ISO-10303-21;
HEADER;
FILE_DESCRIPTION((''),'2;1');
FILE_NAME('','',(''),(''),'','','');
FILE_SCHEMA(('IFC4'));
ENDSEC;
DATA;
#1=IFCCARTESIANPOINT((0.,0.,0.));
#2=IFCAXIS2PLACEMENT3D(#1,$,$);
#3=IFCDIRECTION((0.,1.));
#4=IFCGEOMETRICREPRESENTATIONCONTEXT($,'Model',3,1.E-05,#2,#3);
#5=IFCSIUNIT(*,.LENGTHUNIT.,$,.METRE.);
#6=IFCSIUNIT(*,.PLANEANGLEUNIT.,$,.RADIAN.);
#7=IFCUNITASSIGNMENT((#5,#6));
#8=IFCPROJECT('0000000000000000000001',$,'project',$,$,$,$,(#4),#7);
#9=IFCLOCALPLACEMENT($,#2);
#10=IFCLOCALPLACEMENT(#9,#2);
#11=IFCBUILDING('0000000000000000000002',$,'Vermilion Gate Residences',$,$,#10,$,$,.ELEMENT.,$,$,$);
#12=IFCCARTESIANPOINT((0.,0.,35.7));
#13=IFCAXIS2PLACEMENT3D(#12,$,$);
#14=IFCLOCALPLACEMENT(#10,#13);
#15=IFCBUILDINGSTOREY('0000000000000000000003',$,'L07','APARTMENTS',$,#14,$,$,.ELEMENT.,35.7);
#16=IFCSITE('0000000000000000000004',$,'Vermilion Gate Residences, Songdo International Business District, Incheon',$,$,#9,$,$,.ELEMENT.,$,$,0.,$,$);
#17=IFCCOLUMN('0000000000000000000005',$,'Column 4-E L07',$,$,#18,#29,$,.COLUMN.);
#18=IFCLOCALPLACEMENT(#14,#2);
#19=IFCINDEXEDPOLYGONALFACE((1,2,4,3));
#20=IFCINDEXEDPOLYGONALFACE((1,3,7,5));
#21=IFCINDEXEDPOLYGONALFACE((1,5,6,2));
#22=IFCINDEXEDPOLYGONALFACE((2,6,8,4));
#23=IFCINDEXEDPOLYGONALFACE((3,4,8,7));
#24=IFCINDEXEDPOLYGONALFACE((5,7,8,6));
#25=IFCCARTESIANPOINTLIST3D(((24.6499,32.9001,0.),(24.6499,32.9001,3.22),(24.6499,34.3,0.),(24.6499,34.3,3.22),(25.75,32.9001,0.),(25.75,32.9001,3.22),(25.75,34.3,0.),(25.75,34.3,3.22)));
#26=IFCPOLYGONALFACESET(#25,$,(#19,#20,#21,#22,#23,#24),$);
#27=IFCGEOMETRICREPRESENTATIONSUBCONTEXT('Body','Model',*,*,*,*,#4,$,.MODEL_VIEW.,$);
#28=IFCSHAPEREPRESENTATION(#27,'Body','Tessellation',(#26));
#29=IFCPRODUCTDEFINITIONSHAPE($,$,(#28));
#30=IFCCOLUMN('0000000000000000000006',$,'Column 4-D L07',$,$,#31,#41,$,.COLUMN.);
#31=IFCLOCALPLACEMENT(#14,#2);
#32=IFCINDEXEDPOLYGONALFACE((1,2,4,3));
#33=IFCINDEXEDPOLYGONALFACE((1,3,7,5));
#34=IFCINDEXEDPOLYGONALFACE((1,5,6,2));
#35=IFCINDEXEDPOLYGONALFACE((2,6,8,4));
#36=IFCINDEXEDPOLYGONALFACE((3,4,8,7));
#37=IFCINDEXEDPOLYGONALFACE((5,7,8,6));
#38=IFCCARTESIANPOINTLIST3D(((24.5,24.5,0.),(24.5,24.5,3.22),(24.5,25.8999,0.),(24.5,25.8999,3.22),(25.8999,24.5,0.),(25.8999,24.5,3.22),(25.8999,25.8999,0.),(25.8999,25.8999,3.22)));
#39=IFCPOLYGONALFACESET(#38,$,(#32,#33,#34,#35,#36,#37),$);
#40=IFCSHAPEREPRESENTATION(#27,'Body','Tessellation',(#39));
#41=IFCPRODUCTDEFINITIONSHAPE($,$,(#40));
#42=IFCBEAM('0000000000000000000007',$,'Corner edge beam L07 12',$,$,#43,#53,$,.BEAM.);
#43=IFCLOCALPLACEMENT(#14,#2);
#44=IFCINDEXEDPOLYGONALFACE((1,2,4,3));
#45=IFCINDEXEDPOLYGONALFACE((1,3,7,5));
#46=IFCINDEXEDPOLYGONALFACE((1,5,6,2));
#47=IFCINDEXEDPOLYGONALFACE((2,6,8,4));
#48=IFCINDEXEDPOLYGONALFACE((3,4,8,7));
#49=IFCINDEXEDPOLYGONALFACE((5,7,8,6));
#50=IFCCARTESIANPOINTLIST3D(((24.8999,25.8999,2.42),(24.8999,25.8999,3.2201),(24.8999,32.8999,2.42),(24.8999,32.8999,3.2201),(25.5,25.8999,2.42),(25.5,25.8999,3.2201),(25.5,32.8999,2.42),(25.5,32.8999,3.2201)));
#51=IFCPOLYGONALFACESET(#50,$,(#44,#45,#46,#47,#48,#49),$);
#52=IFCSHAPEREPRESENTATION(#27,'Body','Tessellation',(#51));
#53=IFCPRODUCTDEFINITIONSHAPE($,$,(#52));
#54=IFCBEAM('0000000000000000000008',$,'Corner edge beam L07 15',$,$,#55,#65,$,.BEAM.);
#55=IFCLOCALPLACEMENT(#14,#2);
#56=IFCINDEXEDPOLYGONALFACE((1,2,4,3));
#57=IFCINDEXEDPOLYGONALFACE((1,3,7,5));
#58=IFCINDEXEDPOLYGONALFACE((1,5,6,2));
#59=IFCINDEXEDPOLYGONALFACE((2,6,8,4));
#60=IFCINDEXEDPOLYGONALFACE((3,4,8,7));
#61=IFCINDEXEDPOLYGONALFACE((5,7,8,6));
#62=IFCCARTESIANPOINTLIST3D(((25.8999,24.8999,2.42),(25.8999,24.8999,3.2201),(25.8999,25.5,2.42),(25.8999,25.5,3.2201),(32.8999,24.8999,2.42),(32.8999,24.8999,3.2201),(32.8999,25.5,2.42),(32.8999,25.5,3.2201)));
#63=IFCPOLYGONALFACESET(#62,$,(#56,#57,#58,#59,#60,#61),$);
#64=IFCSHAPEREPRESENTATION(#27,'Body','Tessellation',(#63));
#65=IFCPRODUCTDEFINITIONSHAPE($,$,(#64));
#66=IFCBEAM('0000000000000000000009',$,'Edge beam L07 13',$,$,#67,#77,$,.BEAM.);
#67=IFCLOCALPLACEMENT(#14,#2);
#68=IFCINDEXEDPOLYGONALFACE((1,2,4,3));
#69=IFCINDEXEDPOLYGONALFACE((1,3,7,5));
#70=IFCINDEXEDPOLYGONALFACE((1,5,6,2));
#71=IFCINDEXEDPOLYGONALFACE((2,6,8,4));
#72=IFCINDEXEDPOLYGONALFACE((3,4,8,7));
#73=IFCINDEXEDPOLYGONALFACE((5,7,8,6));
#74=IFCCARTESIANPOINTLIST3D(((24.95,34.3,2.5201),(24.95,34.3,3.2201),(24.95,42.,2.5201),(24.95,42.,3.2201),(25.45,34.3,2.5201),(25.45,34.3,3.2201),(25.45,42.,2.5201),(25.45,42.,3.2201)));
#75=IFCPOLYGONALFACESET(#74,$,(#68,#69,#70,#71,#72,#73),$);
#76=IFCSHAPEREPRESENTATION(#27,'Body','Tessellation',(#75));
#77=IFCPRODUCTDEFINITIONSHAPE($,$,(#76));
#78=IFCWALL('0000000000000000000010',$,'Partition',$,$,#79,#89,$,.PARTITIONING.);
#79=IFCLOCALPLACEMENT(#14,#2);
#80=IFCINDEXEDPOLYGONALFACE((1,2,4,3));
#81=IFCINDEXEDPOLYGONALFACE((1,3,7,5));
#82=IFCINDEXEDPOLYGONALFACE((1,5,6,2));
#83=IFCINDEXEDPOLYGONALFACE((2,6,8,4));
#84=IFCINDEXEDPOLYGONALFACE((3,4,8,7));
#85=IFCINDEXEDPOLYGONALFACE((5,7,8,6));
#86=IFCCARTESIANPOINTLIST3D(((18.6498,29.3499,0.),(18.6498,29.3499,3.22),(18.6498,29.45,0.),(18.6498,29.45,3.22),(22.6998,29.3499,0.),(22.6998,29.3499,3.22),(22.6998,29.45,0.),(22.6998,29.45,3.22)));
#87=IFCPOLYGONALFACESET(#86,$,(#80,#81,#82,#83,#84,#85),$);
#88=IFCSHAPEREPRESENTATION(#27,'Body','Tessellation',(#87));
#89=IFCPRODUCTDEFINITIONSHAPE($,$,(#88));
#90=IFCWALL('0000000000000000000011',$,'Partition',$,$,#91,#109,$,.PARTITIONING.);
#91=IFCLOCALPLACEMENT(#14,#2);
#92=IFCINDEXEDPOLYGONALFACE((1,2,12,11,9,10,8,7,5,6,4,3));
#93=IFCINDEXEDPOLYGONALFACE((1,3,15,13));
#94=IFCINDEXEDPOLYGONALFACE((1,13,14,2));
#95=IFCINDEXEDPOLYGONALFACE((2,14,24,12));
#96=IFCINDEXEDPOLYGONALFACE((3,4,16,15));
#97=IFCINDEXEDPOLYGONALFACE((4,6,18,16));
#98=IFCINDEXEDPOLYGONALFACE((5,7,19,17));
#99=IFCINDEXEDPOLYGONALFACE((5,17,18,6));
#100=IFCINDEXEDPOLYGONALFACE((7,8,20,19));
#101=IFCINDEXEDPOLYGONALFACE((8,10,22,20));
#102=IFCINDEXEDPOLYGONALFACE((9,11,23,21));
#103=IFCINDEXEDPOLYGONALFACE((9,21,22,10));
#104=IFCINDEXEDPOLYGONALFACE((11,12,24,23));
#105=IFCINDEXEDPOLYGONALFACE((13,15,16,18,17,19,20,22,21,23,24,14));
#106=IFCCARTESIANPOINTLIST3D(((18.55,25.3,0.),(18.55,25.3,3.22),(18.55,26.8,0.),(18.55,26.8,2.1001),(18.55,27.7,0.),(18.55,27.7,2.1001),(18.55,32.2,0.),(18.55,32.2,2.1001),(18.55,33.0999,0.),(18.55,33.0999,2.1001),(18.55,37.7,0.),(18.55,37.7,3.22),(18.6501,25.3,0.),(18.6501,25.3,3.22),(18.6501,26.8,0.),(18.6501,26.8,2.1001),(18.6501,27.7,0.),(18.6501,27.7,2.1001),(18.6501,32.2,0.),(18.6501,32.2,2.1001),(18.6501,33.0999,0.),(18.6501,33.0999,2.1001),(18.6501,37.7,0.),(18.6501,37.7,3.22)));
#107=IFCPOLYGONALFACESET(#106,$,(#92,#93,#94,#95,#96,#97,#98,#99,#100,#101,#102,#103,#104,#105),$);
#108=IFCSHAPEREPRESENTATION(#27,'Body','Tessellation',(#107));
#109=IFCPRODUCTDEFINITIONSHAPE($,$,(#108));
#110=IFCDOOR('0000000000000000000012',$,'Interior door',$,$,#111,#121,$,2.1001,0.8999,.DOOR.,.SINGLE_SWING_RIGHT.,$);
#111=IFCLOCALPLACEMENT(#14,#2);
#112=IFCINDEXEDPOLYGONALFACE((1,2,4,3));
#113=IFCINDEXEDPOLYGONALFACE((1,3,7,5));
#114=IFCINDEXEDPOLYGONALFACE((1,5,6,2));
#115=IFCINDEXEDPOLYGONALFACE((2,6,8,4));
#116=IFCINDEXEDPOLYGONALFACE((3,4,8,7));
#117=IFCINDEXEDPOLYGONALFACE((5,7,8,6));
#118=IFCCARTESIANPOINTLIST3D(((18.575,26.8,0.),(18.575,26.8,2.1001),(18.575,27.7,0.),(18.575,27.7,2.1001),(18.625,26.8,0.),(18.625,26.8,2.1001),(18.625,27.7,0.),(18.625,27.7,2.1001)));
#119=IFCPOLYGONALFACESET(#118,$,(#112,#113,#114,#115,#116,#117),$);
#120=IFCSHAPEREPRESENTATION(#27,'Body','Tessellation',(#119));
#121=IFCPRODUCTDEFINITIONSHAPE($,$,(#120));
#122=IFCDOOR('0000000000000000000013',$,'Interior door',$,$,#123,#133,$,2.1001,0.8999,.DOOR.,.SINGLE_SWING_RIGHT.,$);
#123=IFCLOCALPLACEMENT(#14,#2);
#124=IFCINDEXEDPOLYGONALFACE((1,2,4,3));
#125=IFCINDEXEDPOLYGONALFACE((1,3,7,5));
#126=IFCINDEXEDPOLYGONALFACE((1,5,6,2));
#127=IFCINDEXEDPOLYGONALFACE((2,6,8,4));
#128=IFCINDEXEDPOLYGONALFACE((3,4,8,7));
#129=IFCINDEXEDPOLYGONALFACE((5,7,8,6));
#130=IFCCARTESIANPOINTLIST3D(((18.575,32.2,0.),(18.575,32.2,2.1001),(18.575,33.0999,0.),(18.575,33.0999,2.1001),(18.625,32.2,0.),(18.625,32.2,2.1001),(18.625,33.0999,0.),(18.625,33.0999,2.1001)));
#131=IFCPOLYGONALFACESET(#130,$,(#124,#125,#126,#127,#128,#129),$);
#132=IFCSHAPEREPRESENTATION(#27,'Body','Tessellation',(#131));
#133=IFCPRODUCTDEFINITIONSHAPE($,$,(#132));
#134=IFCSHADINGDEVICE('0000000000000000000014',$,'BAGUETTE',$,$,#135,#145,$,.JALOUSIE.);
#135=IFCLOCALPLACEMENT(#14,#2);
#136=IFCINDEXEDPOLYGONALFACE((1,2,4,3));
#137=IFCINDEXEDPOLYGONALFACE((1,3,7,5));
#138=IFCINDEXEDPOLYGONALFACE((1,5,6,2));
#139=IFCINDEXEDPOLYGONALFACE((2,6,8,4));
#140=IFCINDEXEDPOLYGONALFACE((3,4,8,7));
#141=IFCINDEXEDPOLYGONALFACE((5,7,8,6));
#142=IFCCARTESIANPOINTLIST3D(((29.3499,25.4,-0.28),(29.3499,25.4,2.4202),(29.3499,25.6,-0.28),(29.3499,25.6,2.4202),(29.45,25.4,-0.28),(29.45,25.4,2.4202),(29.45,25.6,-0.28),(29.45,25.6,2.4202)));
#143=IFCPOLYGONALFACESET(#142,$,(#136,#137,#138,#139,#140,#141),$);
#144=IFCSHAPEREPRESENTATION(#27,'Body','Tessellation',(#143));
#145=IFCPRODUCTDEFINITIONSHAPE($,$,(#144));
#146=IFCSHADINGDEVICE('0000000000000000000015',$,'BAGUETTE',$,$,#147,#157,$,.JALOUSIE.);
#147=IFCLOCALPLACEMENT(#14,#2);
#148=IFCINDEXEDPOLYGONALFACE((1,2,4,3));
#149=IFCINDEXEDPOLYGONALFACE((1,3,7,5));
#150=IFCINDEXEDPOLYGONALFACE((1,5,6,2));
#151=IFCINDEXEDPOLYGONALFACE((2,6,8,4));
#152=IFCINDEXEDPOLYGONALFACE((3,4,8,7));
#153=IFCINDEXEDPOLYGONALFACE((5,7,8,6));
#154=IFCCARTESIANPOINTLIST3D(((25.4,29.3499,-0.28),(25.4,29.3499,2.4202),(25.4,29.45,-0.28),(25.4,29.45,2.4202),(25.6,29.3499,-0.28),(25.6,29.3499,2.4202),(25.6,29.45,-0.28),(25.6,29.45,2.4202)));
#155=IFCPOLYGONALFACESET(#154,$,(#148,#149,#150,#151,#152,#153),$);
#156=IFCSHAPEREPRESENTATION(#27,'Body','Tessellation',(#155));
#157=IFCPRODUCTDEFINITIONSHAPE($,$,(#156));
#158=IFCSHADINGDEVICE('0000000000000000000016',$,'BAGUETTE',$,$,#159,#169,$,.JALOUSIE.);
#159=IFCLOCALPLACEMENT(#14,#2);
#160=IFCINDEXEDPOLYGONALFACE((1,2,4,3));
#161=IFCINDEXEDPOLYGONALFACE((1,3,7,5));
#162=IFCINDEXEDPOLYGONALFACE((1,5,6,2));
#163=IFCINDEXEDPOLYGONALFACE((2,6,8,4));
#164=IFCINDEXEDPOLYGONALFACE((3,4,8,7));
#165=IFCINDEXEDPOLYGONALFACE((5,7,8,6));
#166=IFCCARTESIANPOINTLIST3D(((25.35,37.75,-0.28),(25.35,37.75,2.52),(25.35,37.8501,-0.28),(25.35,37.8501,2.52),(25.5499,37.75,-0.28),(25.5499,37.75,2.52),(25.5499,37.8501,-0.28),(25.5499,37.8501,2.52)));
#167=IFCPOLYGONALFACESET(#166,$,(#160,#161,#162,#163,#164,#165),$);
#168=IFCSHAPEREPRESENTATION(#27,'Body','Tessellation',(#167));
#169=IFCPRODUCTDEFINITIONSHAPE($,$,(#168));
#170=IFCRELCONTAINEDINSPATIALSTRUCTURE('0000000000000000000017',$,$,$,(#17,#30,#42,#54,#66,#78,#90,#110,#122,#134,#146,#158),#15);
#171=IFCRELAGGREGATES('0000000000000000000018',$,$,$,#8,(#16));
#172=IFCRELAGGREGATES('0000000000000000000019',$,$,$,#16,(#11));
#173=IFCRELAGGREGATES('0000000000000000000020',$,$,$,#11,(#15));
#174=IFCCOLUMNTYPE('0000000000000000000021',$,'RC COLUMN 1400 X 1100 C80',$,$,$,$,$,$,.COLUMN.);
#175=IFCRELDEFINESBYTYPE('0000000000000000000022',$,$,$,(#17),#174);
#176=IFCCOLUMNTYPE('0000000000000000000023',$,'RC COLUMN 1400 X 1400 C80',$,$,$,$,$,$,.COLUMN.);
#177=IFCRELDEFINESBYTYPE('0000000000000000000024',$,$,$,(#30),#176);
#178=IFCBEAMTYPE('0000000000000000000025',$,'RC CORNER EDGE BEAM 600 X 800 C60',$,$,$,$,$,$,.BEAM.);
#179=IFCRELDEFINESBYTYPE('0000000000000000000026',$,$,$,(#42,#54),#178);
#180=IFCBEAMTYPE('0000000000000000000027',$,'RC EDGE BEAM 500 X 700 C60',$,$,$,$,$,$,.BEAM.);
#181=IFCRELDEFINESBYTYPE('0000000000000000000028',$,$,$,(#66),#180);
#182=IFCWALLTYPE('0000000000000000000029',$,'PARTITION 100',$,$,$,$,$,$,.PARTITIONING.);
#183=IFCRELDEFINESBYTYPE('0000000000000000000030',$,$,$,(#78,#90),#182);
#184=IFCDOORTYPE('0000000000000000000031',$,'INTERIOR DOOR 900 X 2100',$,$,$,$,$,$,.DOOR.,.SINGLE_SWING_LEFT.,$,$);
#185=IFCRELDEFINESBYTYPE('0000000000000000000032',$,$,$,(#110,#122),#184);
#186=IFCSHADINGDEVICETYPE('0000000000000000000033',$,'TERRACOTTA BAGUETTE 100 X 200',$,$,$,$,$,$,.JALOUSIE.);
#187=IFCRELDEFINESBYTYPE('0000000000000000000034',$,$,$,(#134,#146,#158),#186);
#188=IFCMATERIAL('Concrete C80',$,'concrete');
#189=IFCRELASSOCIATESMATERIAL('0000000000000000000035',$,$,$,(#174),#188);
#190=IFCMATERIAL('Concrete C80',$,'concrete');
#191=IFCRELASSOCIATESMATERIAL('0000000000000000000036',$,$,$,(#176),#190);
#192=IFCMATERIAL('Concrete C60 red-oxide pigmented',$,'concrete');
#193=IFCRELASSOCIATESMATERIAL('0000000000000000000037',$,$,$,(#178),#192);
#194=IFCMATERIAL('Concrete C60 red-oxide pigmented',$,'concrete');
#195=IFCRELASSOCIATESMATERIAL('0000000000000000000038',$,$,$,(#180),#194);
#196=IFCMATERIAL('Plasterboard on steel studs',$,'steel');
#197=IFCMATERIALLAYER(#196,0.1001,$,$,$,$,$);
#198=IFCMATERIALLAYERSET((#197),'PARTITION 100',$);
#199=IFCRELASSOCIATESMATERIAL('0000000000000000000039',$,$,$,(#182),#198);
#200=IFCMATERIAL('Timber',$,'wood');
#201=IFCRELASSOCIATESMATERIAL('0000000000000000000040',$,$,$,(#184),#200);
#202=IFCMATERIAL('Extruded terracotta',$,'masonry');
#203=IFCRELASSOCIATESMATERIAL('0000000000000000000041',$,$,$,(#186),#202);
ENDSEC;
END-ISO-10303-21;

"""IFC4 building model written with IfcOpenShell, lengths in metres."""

from ifc_helpers import new_model, si_unit, direction, frame, frame_2d, origin, origin_2d, place, context, subcontext, project, spatial, rectangle, extrude, material, layer, layer_set, material_profile, profile_set, type_object, element, fill, save


model = new_model("IFC4")

# Units and contexts
model_context = context("Model", 3, precision=1e-05, world=origin(), true_north=direction((0.0, 1.0)))
body_context = subcontext(model_context, "Body", "Model", "MODEL_VIEW")
ifc_project = project(units=[si_unit("LENGTHUNIT", "METRE"), si_unit("PLANEANGLEUNIT", "RADIAN")], contexts=[model_context])

# Site, building, storey
site_placement = place(None, origin())
site = spatial("IfcSite", under=ifc_project, at=site_placement, Name="Vermilion Gate Residences, Songdo International Business District, Incheon", CompositionType="ELEMENT", RefElevation=0.0)
building_placement = place(site_placement, origin())
building = spatial("IfcBuilding", under=site, at=building_placement, Name="Vermilion Gate Residences", CompositionType="ELEMENT")
storey_placement = place(building_placement, frame((0.0, 0.0, 35.7)))
storey = spatial("IfcBuildingStorey", under=building, at=storey_placement, Name="L07", Description="APARTMENTS", CompositionType="ELEMENT", Elevation=35.7)

# Columns
ifc_material_1 = material(Name="Concrete C80", Category="concrete")
ifc_material_profile_1 = material_profile(ifc_material_1, rectangle(XDim=1.3999, YDim=1.1001, at=origin_2d()), Name="RC-1400x1100")
ifc_profile_set_1 = profile_set([ifc_material_profile_1], Name="Concrete C80")
column_type_1 = type_object("IfcColumnType", Name="RC COLUMN 1400 X 1100 C80", PredefinedType="COLUMN", material=ifc_profile_set_1)
column_1_placement = place(storey_placement, frame((25.2, 33.6001, 0.0), z_axis=(0.0, 0.0, 1.0), x_axis=(0.0, 1.0, 0.0)))
element("IfcColumn", 1, at=column_1_placement, inside=storey, type_object=column_type_1, Name="Column 4-E L07", PredefinedType="COLUMN", context=body_context, shape_type="SweptSolid", body=[
    extrude(rectangle(XDim=1.3999, YDim=1.1001, at=origin_2d()), origin(), (0.0, 0.0, 1.0), 3.22),
])
ifc_material_2 = material(Name="Concrete C80", Category="concrete")
ifc_material_profile_2 = material_profile(ifc_material_2, rectangle(XDim=1.3999, YDim=1.3999, at=origin_2d()), Name="RC-1400x1400")
ifc_profile_set_2 = profile_set([ifc_material_profile_2], Name="Concrete C80")
column_type_2 = type_object("IfcColumnType", Name="RC COLUMN 1400 X 1400 C80", PredefinedType="COLUMN", material=ifc_profile_set_2)
column_2_placement = place(storey_placement, frame((25.2, 25.2, 0.0), z_axis=(0.0, 0.0, 1.0), x_axis=(1.0, 0.0, 0.0)))
element("IfcColumn", 2, at=column_2_placement, inside=storey, type_object=column_type_2, Name="Column 4-D L07", PredefinedType="COLUMN", context=body_context, shape_type="SweptSolid", body=[
    extrude(rectangle(XDim=1.3999, YDim=1.3999, at=origin_2d()), origin(), (0.0, 0.0, 1.0), 3.22),
])

# Beams
ifc_material_3 = material(Name="Concrete C60 red-oxide pigmented", Category="concrete")
ifc_material_profile_3 = material_profile(ifc_material_3, rectangle(XDim=0.6001, YDim=0.8, at=origin_2d()), Name="RC-600x800")
ifc_profile_set_3 = profile_set([ifc_material_profile_3], Name="Concrete C60 red-oxide pigmented")
beam_type_1 = type_object("IfcBeamType", Name="RC CORNER EDGE BEAM 600 X 800 C60", PredefinedType="BEAM", material=ifc_profile_set_3)
for number, where, z_axis, x_axis, name in (
    (3, (25.2, 25.8999, 2.8201), (0.0, 1.0, 0.0), (-1.0, 0.0, 0.0), "Corner edge beam L07 12"),
    (4, (25.8999, 25.2, 2.8201), (1.0, 0.0, 0.0), (0.0, 1.0, 0.0), "Corner edge beam L07 15"),
):
    element("IfcBeam", number, at=place(storey_placement, frame(where, z_axis=z_axis, x_axis=x_axis)), inside=storey, type_object=beam_type_1, Name=name, PredefinedType="BEAM", context=body_context, shape_type="SweptSolid", body=[
        extrude(rectangle(XDim=0.6001, YDim=0.8, at=origin_2d()), origin(), (0.0, 0.0, 1.0), 7.0),
    ])
ifc_material_4 = material(Name="Concrete C60 red-oxide pigmented", Category="concrete")
ifc_material_profile_4 = material_profile(ifc_material_4, rectangle(XDim=0.5, YDim=0.7, at=origin_2d()), Name="RC-500x700")
ifc_profile_set_4 = profile_set([ifc_material_profile_4], Name="Concrete C60 red-oxide pigmented")
beam_type_2 = type_object("IfcBeamType", Name="RC EDGE BEAM 500 X 700 C60", PredefinedType="BEAM", material=ifc_profile_set_4)
beam_placement = place(storey_placement, frame((25.2, 34.3, 2.8701), z_axis=(0.0, 1.0, 0.0), x_axis=(-1.0, 0.0, 0.0)))
element("IfcBeam", 5, at=beam_placement, inside=storey, type_object=beam_type_2, Name="Edge beam L07 13", PredefinedType="BEAM", context=body_context, shape_type="SweptSolid", body=[
    extrude(rectangle(XDim=0.5, YDim=0.7, at=origin_2d()), origin(), (0.0, 0.0, 1.0), 7.7),
])

# Wall
ifc_material_5 = material(Name="Plasterboard on steel studs", Category="steel")
ifc_layer = layer(ifc_material_5, 0.1001)
ifc_layer_set = layer_set([ifc_layer], Name="PARTITION 100")
wall_type = type_object("IfcWallType", Name="PARTITION 100", PredefinedType="PARTITIONING", material=ifc_layer_set)
wall_1_placement = place(storey_placement, frame((18.6499, 29.3999, 0.0), z_axis=(0.0, 0.0, 1.0), x_axis=(1.0, 0.0, 0.0)))
element("IfcWall", 6, at=wall_1_placement, inside=storey, type_object=wall_type, Name="Partition", PredefinedType="PARTITIONING", context=body_context, shape_type="SweptSolid", body=[
    extrude(rectangle(XDim=4.05, YDim=0.1001, at=frame_2d((2.0249, 0.0))), origin(), (0.0, 0.0, 1.0), 3.22),
])

# Wall, openings, doors
wall_2_placement = place(storey_placement, frame((18.6001, 25.3, 0.0), z_axis=(0.0, 0.0, 1.0), x_axis=(0.0, 1.0, 0.0)))
wall_2 = element("IfcWall", 7, at=wall_2_placement, inside=storey, type_object=wall_type, Name="Partition", PredefinedType="PARTITIONING", context=body_context, shape_type="SweptSolid", body=[
    extrude(rectangle(XDim=12.3999, YDim=0.1001, at=frame_2d((6.2, 0.0))), origin(), (0.0, 0.0, 1.0), 3.22),
])
opening_1_placement = place(wall_2_placement, frame((1.5, 0.0, 0.0)))
opening_1 = element("IfcOpeningElement", 8, at=opening_1_placement, cuts=wall_2, PredefinedType="OPENING", context=body_context, shape_type="SweptSolid", body=[
    extrude(rectangle(XDim=0.8999, YDim=2.1001, at=frame_2d((0.45, 1.05))), frame((0.0, 0.0601, 0.0), z_axis=(0.0, -1.0, 0.0), x_axis=(1.0, 0.0, 0.0)), (0.0, 0.0, 1.0), 0.1201),
])
opening_2_placement = place(wall_2_placement, frame((6.8999, 0.0, 0.0)))
opening_2 = element("IfcOpeningElement", 9, at=opening_2_placement, cuts=wall_2, PredefinedType="OPENING", context=body_context, shape_type="SweptSolid", body=[
    extrude(rectangle(XDim=0.8999, YDim=2.1001, at=frame_2d((0.45, 1.05))), frame((0.0, 0.0601, 0.0), z_axis=(0.0, -1.0, 0.0), x_axis=(1.0, 0.0, 0.0)), (0.0, 0.0, 1.0), 0.1201),
])
ifc_material_6 = material(Name="Timber", Category="wood")
door_type = type_object("IfcDoorType", Name="INTERIOR DOOR 900 X 2100", OperationType="SINGLE_SWING_LEFT", PredefinedType="DOOR", material=ifc_material_6)
door_1_placement = place(opening_1_placement, frame((0.8999, 0.0, 0.0), z_axis=(0.0, 0.0, 1.0), x_axis=(-1.0, 0.0, 0.0)))
door_1 = element("IfcDoor", 10, at=door_1_placement, inside=storey, type_object=door_type, Name="Interior door", OperationType="SINGLE_SWING_RIGHT", OverallHeight=2.1001, OverallWidth=0.8999, PredefinedType="DOOR", context=body_context, shape_type="SweptSolid", body=[
    extrude(rectangle(XDim=0.8999, YDim=2.1001, at=frame_2d((0.45, 1.05))), frame((0.0, 0.0249, 0.0), z_axis=(0.0, -1.0, 0.0), x_axis=(1.0, 0.0, 0.0)), (0.0, 0.0, 1.0), 0.05),
])
fill(opening_1, door_1)
door_2_placement = place(opening_2_placement, frame((0.8999, 0.0, 0.0), z_axis=(0.0, 0.0, 1.0), x_axis=(-1.0, 0.0, 0.0)))
door_2 = element("IfcDoor", 11, at=door_2_placement, inside=storey, type_object=door_type, Name="Interior door", OperationType="SINGLE_SWING_RIGHT", OverallHeight=2.1001, OverallWidth=0.8999, PredefinedType="DOOR", context=body_context, shape_type="SweptSolid", body=[
    extrude(rectangle(XDim=0.8999, YDim=2.1001, at=frame_2d((0.45, 1.05))), frame((0.0, 0.0249, 0.0), z_axis=(0.0, -1.0, 0.0), x_axis=(1.0, 0.0, 0.0)), (0.0, 0.0, 1.0), 0.05),
])
fill(opening_2, door_2)

# Shading devices
ifc_material_7 = material(Name="Extruded terracotta", Category="masonry")
ifc_material_profile_5 = material_profile(ifc_material_7, rectangle(XDim=0.2, YDim=0.1001, at=origin_2d()), Name="BAGUETTE 100 X 200")
ifc_profile_set_5 = profile_set([ifc_material_profile_5], Name="Extruded terracotta")
shading_device_type = type_object("IfcShadingDeviceType", Name="TERRACOTTA BAGUETTE 100 X 200", PredefinedType="JALOUSIE", material=ifc_profile_set_5)
for number, where, z_axis, x_axis, name in (
    (12, (29.3999, 25.5, -0.28), (0.0, 0.0, 1.0), (0.0, -1.0, 0.0), "BAGUETTE"),
    (13, (25.5, 29.3999, -0.28), (0.0, 0.0, 1.0), (-1.0, 0.0, 0.0), "BAGUETTE"),
):
    element("IfcShadingDevice", number, at=place(storey_placement, frame(where, z_axis=z_axis, x_axis=x_axis)), inside=storey, type_object=shading_device_type, Name=name, PredefinedType="JALOUSIE", context=body_context, shape_type="SweptSolid", body=[
        extrude(rectangle(XDim=0.2, YDim=0.1001, at=origin_2d()), origin(), (0.0, 0.0, 1.0), 2.7002),
    ])
shading_device_placement = place(storey_placement, frame((25.45, 37.8, -0.28), z_axis=(0.0, 0.0, 1.0), x_axis=(-1.0, 0.0, 0.0)))
element("IfcShadingDevice", 14, at=shading_device_placement, inside=storey, type_object=shading_device_type, Name="BAGUETTE", PredefinedType="JALOUSIE", context=body_context, shape_type="SweptSolid", body=[
    extrude(rectangle(XDim=0.2, YDim=0.1001, at=origin_2d()), origin(), (0.0, 0.0, 1.0), 2.8),
])

save(model, "model.ifc")
